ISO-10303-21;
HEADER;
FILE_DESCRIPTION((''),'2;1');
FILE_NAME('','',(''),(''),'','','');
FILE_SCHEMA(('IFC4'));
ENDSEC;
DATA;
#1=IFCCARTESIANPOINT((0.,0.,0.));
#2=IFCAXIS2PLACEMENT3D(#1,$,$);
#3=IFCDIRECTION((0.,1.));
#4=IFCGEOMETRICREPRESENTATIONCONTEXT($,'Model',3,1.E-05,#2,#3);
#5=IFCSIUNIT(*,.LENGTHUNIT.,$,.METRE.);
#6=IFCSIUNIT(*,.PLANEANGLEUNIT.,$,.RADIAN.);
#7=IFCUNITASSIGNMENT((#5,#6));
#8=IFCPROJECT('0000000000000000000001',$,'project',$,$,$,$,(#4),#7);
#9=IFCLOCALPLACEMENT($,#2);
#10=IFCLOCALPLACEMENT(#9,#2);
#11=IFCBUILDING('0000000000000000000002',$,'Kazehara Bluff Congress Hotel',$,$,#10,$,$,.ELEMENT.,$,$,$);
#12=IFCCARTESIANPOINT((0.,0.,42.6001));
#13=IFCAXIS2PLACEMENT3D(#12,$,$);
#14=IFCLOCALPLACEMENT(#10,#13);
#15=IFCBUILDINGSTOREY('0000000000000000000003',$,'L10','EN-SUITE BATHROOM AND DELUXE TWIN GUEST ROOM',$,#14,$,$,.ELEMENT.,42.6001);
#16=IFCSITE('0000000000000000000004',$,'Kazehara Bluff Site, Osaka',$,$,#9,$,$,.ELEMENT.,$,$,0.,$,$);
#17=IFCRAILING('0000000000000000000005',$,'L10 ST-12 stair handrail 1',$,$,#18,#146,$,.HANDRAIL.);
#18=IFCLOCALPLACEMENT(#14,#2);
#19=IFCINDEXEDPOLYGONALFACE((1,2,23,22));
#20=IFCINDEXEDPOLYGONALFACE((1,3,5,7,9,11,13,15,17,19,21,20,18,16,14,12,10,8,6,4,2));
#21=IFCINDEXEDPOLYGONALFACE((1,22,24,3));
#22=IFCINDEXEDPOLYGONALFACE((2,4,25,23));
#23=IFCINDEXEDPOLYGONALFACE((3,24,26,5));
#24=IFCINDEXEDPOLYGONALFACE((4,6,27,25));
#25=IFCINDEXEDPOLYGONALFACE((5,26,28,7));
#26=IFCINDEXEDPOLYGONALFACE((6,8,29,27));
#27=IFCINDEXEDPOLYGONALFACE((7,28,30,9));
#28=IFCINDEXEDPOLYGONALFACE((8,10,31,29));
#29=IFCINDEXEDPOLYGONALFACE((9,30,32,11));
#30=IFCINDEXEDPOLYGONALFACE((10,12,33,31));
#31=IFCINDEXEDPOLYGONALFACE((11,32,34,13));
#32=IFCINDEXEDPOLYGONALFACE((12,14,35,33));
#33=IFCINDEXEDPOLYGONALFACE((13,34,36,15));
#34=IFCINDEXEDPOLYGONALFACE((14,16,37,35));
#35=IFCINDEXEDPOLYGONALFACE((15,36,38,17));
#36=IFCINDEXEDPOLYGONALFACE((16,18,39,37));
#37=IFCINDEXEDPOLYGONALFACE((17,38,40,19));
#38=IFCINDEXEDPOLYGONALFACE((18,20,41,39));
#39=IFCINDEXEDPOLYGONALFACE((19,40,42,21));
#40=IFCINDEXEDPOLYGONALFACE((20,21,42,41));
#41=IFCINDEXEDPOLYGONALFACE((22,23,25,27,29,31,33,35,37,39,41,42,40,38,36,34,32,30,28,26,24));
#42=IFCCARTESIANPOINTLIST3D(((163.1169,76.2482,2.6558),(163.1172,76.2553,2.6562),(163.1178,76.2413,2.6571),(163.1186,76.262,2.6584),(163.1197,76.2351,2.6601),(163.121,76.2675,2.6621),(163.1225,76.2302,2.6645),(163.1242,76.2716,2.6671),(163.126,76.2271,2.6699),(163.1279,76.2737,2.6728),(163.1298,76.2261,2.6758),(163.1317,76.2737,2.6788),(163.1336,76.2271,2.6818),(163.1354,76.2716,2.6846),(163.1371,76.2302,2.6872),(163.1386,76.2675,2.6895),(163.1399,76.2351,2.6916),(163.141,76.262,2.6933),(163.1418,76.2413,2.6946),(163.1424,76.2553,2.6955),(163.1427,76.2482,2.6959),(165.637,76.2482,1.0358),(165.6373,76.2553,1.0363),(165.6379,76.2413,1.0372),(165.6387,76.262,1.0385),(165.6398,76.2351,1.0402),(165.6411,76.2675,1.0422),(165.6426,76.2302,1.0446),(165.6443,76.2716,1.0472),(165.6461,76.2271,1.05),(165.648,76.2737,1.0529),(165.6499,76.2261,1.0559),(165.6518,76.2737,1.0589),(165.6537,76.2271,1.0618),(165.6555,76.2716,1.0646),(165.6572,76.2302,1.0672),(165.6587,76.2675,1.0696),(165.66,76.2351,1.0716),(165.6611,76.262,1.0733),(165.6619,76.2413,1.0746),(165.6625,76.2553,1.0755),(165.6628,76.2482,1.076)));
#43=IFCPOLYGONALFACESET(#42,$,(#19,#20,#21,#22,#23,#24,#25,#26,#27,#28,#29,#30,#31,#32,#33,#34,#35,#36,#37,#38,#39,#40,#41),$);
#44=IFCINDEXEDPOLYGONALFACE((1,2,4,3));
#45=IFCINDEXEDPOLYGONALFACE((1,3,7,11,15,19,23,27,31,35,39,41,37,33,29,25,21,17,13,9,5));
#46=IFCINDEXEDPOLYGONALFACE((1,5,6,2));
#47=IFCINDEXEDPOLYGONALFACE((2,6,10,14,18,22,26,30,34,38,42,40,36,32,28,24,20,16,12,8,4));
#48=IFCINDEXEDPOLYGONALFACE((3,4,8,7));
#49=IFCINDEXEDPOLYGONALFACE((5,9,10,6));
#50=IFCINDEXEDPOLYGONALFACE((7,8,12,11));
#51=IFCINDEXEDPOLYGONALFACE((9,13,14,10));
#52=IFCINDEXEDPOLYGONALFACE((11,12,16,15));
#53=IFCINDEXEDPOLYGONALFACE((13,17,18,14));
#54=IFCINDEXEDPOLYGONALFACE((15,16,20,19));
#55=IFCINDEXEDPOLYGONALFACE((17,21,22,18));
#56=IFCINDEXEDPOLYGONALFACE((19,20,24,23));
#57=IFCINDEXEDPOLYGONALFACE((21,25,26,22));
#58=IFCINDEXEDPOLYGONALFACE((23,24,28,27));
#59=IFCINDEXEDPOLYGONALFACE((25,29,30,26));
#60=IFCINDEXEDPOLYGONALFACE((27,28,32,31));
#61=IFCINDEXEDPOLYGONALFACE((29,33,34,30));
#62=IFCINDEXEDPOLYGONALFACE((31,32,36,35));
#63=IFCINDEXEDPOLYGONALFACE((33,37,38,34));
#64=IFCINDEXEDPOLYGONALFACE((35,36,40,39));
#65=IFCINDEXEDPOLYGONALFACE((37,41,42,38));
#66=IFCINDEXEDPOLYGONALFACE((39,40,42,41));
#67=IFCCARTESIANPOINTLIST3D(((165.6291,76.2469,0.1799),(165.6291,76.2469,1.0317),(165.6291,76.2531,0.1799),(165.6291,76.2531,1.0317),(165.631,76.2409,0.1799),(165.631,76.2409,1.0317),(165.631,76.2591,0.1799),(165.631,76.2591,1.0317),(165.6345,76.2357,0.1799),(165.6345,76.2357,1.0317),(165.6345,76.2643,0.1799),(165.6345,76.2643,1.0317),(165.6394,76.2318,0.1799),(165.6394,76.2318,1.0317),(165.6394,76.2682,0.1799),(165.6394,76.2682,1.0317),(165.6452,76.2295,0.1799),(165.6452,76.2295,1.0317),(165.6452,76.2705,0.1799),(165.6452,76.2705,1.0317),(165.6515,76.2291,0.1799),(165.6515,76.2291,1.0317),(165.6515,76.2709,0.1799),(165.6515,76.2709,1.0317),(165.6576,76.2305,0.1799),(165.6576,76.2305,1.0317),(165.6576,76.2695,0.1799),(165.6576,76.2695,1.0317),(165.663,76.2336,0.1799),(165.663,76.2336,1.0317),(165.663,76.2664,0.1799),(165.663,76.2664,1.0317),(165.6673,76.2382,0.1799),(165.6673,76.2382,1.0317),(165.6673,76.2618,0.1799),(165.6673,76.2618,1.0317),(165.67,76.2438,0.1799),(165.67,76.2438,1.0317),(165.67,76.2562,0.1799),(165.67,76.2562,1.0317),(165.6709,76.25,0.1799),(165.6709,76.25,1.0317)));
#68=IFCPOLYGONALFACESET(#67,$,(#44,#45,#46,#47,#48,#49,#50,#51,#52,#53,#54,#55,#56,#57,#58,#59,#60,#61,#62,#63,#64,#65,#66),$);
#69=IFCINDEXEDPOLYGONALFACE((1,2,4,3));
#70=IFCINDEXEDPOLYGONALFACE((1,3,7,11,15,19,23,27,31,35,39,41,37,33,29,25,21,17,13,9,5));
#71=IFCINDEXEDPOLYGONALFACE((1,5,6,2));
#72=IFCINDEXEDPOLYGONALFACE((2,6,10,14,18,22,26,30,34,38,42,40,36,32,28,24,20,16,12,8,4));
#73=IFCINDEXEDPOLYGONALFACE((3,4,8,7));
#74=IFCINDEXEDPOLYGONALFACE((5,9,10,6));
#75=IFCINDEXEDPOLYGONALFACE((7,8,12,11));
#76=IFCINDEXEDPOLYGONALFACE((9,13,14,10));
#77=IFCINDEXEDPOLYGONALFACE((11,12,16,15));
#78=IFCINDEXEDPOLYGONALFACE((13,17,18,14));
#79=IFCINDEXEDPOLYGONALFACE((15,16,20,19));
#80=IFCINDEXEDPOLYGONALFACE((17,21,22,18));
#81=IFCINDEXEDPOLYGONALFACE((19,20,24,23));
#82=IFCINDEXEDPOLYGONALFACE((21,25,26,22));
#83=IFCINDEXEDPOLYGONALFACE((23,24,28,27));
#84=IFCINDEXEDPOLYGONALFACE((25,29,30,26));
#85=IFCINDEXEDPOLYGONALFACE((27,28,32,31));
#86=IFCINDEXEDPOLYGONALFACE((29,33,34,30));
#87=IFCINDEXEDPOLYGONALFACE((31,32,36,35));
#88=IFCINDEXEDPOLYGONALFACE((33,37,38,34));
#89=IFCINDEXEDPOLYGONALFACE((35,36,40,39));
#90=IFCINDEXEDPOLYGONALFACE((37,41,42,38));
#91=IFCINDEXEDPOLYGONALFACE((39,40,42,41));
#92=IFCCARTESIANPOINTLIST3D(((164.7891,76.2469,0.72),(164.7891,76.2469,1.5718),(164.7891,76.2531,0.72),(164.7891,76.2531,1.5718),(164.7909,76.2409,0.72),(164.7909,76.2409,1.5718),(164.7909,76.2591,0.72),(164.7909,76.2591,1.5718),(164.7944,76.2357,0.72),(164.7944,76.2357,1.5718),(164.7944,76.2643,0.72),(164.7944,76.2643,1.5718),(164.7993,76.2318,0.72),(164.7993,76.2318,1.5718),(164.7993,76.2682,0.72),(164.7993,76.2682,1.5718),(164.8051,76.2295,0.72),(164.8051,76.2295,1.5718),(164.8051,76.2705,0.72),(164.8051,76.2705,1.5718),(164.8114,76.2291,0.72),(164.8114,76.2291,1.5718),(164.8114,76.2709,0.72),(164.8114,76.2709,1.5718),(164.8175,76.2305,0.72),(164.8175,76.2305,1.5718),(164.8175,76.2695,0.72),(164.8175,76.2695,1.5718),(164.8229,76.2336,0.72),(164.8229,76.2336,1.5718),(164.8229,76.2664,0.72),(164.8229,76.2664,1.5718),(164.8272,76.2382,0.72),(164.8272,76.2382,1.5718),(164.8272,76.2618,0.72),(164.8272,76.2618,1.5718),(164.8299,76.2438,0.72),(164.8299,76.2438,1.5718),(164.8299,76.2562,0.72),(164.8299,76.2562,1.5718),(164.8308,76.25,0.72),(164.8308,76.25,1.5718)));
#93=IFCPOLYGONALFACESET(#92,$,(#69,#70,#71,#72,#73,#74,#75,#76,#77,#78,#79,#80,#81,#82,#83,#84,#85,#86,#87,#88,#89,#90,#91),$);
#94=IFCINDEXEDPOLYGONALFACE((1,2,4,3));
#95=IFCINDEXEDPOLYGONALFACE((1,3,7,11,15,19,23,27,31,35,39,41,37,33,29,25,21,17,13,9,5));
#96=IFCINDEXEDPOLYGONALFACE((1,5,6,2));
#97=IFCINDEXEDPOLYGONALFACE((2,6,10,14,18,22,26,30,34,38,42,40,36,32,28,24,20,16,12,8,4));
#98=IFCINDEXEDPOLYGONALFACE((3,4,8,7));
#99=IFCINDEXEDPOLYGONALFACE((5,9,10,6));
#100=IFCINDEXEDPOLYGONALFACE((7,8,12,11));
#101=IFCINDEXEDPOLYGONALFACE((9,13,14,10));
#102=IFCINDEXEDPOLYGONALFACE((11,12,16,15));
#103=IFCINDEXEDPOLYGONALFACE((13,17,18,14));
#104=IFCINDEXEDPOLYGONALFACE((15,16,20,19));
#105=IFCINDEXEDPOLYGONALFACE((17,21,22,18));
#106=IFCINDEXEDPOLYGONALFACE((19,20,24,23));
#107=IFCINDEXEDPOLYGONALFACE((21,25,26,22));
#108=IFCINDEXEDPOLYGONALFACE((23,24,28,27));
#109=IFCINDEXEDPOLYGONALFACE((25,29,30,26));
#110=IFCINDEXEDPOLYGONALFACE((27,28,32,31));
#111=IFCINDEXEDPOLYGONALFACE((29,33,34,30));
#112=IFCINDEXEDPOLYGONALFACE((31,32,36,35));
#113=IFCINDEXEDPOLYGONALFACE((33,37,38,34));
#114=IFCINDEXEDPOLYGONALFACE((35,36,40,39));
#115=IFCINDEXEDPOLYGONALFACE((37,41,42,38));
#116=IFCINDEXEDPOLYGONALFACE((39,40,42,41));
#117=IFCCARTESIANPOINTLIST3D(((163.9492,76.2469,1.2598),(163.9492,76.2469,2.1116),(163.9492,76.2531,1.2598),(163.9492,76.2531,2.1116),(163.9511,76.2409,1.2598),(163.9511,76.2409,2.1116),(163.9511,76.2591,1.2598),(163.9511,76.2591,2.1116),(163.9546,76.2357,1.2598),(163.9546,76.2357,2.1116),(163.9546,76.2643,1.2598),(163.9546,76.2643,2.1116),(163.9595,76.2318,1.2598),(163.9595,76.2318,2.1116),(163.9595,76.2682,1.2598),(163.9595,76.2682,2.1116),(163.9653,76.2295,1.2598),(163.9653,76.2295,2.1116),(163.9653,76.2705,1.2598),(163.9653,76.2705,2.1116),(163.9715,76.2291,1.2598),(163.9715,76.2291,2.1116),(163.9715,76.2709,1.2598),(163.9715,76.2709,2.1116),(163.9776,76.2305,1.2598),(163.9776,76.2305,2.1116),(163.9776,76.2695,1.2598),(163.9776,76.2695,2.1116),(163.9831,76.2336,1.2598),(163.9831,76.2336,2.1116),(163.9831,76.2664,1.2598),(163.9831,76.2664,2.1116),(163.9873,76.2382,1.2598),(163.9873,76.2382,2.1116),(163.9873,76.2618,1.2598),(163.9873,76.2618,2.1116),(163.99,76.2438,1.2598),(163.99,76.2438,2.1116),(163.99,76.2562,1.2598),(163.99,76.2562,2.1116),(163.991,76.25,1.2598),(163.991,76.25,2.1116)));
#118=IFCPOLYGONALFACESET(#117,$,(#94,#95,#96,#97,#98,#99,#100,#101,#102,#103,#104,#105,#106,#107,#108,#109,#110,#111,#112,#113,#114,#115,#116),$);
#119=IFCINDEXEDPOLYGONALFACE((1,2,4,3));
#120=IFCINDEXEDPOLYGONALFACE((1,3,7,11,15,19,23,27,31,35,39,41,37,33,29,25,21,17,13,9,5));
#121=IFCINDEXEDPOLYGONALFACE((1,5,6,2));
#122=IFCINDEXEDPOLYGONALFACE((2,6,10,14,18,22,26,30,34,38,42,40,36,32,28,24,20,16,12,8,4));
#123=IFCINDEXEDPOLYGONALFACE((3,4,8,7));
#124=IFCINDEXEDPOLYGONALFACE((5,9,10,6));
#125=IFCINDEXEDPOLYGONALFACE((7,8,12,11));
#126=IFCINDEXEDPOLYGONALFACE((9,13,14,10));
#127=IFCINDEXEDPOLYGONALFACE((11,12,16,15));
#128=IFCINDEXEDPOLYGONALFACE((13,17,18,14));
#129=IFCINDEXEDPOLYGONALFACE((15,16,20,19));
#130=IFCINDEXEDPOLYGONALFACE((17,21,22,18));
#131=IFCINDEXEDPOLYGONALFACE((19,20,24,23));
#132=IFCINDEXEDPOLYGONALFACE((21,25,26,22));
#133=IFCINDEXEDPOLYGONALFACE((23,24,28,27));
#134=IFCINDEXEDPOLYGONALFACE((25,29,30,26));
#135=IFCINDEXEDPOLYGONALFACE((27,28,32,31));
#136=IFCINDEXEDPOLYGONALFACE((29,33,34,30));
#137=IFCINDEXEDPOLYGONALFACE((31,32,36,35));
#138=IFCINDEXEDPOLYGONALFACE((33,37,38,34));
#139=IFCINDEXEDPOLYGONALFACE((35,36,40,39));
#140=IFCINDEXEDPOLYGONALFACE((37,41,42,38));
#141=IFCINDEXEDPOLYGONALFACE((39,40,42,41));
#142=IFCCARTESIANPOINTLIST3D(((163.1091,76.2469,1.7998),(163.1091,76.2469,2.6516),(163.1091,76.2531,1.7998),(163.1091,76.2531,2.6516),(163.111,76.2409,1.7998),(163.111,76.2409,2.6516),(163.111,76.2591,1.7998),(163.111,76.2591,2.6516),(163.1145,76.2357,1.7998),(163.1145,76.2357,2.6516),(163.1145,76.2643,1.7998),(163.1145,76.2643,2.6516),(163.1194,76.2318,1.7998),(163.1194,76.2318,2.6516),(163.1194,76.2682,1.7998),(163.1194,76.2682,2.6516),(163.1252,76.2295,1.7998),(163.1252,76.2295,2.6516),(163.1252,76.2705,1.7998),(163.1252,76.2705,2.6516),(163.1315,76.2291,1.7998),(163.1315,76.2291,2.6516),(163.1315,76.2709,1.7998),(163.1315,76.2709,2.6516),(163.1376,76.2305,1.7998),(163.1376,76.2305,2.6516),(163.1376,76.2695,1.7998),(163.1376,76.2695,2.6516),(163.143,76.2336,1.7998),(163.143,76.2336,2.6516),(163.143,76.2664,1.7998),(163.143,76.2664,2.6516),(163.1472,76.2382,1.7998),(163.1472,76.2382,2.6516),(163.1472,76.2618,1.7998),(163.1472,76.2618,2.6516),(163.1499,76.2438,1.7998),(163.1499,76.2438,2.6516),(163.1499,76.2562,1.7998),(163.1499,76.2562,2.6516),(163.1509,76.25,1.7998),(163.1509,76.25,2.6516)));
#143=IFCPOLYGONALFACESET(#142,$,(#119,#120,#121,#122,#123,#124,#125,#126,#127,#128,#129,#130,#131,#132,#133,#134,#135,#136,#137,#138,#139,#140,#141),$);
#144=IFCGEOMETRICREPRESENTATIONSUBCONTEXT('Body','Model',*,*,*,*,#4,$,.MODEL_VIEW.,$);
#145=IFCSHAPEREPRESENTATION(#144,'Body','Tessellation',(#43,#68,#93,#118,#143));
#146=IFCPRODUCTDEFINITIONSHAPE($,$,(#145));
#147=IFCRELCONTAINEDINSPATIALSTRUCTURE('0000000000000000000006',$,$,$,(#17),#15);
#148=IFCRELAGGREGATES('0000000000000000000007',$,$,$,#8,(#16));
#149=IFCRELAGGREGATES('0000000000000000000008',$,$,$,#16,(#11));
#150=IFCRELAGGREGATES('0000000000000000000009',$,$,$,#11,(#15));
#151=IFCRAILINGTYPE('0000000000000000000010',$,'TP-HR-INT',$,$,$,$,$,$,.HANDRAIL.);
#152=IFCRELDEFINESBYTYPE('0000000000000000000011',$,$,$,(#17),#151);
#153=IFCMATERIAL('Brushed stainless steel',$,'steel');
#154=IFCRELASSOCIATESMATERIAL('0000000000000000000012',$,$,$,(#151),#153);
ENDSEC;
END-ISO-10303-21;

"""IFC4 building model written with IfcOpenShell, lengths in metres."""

from ifc_helpers import new_model, si_unit, direction, frame, origin, origin_2d, place, context, subcontext, project, spatial, circle, extrude, material, type_object, element, save


model = new_model("IFC4")

# Units and contexts
model_context = context("Model", 3, precision=1e-05, world=origin(), true_north=direction((0.0, 1.0)))
body_context = subcontext(model_context, "Body", "Model", "MODEL_VIEW")
ifc_project = project(units=[si_unit("LENGTHUNIT", "METRE"), si_unit("PLANEANGLEUNIT", "RADIAN")], contexts=[model_context])

# Site, building, storey
site_placement = place(None, origin())
site = spatial("IfcSite", under=ifc_project, at=site_placement, Name="Kazehara Bluff Site, Osaka", CompositionType="ELEMENT", RefElevation=0.0)
building_placement = place(site_placement, origin())
building = spatial("IfcBuilding", under=site, at=building_placement, Name="Kazehara Bluff Congress Hotel", CompositionType="ELEMENT")
storey_placement = place(building_placement, frame((0.0, 0.0, 42.6001)))
storey = spatial("IfcBuildingStorey", under=building, at=storey_placement, Name="L10", Description="EN-SUITE BATHROOM AND DELUXE TWIN GUEST ROOM", CompositionType="ELEMENT", Elevation=42.6001)

# Railing
ifc_material_1 = material(Name="Brushed stainless steel", Category="steel")
railing_type_1 = type_object("IfcRailingType", Name="TP-HR-INT", PredefinedType="HANDRAIL", material=ifc_material_1)
railing_1_placement = place(storey_placement, frame((165.6499, 76.25, 0.1799)))
element("IfcRailing", 1, at=railing_1_placement, inside=storey, type_object=railing_type_1, Name="L10 ST-12 stair handrail 1", PredefinedType="HANDRAIL", context=body_context, shape_type="SweptSolid", body=[
    extrude(circle(Radius=0.0239, at=origin_2d()), frame((0.0, 0.0, 0.876), z_axis=(-0.8412, 0.0, 0.540725), x_axis=(0.0, -1.0, 0.0)), (0.0, 0.0, 1.0), 2.9958),
    extrude(circle(Radius=0.021, at=origin_2d()), origin(), (0.0, 0.0, 1.0), 0.8518),
    extrude(circle(Radius=0.021, at=origin_2d()), frame((-0.8401, 0.0, 0.54)), (0.0, 0.0, 1.0), 0.8518),
    extrude(circle(Radius=0.021, at=origin_2d()), frame((-1.6799, 0.0, 1.0798)), (0.0, 0.0, 1.0), 0.8518),
    extrude(circle(Radius=0.021, at=origin_2d()), frame((-2.52, 0.0, 1.6199)), (0.0, 0.0, 1.0), 0.8518),
])

save(model, "model.ifc")
